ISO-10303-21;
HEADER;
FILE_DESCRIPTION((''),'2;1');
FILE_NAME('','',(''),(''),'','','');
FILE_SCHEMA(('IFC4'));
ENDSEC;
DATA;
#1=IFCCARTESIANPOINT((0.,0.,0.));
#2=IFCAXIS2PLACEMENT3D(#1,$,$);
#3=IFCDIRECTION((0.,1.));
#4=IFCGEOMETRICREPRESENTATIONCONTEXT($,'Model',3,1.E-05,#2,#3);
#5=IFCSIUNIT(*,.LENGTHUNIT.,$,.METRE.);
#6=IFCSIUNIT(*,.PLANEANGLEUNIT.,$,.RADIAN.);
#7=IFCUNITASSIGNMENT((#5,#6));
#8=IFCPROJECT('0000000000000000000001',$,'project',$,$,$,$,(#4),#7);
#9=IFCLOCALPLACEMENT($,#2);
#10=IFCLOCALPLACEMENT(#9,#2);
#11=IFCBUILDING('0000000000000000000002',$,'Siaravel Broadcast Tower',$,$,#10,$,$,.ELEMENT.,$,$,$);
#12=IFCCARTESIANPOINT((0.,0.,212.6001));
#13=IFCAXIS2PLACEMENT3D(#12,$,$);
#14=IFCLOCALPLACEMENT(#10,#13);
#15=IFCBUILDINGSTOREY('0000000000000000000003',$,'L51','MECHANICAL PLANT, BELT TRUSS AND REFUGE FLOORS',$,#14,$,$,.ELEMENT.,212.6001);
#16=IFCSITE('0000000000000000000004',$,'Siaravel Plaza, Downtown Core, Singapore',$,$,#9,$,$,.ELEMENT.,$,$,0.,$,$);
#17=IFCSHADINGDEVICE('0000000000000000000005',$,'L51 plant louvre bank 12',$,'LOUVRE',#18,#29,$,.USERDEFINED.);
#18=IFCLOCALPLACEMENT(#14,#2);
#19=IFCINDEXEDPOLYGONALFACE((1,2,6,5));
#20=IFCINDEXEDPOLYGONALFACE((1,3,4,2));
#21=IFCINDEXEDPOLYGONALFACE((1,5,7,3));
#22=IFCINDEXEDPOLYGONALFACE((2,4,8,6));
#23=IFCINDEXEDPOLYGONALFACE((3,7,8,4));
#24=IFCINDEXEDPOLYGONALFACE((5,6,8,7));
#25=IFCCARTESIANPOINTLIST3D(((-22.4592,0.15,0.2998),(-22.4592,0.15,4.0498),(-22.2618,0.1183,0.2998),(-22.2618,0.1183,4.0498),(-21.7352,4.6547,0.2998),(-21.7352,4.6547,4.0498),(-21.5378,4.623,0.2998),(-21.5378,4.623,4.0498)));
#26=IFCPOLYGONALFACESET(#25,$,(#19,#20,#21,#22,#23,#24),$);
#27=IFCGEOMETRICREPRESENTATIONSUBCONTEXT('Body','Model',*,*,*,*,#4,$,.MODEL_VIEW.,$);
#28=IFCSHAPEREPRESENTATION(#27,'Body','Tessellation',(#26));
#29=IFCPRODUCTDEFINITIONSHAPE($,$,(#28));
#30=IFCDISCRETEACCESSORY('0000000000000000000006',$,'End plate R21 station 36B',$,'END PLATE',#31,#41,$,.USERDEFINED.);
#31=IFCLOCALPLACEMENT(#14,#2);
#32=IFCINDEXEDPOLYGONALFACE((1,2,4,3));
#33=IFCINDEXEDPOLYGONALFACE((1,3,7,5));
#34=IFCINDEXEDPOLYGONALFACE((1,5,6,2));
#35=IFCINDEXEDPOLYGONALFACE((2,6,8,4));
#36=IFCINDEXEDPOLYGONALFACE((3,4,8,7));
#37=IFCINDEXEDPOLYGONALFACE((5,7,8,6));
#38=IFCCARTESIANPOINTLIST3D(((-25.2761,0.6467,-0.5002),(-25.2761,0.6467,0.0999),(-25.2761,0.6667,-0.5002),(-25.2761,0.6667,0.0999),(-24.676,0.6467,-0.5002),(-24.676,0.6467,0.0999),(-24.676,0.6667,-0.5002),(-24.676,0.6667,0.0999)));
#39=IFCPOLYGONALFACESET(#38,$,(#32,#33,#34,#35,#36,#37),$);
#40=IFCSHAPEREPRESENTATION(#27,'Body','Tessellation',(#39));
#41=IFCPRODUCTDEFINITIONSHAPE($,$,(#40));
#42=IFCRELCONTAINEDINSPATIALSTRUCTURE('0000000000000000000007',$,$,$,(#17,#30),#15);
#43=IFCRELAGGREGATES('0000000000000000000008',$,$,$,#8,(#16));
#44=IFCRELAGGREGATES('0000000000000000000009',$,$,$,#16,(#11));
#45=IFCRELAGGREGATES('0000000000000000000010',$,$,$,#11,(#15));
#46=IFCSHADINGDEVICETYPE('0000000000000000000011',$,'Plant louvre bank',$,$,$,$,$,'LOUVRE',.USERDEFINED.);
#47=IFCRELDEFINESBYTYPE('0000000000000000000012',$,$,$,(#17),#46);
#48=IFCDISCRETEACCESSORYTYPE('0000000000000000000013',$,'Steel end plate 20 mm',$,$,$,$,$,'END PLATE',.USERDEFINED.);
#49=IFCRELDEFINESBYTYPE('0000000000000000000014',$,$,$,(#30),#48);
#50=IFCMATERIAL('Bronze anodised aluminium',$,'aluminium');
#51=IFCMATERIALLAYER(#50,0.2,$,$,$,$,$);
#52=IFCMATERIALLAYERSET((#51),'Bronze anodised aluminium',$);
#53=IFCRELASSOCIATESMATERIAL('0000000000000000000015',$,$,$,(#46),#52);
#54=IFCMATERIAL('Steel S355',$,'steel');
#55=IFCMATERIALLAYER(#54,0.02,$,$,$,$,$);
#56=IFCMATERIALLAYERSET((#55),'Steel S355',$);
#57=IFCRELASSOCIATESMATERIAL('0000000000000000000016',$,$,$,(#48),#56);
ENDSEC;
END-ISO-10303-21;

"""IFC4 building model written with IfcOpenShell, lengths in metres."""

from ifc_helpers import new_model, si_unit, direction, frame, origin, origin_2d, place, context, subcontext, project, spatial, rectangle, extrude, material, layer, layer_set, type_object, element, save


model = new_model("IFC4")

# Units and contexts
model_context = context("Model", 3, precision=1e-05, world=origin(), true_north=direction((0.0, 1.0)))
body_context = subcontext(model_context, "Body", "Model", "MODEL_VIEW")
ifc_project = project(units=[si_unit("LENGTHUNIT", "METRE"), si_unit("PLANEANGLEUNIT", "RADIAN")], contexts=[model_context])

# Site, building, storey
site_placement = place(None, origin())
site = spatial("IfcSite", under=ifc_project, at=site_placement, Name="Siaravel Plaza, Downtown Core, Singapore", CompositionType="ELEMENT", RefElevation=0.0)
building_placement = place(site_placement, origin())
building = spatial("IfcBuilding", under=site, at=building_placement, Name="Siaravel Broadcast Tower", CompositionType="ELEMENT")
storey_placement = place(building_placement, frame((0.0, 0.0, 212.6001)))
storey = spatial("IfcBuildingStorey", under=building, at=storey_placement, Name="L51", Description="MECHANICAL PLANT, BELT TRUSS AND REFUGE FLOORS", CompositionType="ELEMENT", Elevation=212.6001)

# Shared definitions
ifc_material_1 = material(Name="Steel S355", Category="steel")

# Shading device
ifc_material_2 = material(Name="Bronze anodised aluminium", Category="aluminium")
ifc_layer_1 = layer(ifc_material_2, 0.2)
ifc_layer_set_1 = layer_set([ifc_layer_1], Name="Bronze anodised aluminium")
shading_device_type = type_object("IfcShadingDeviceType", Name="Plant louvre bank", ElementType="LOUVRE", PredefinedType="USERDEFINED", material=ifc_layer_set_1)
shading_device_1_placement = place(storey_placement, frame((-21.9985, 2.3865, 0.2998), z_axis=(0.0, 0.0, 1.0), x_axis=(-0.158685, -0.987329, 0.0)))
element("IfcShadingDevice", 1, at=shading_device_1_placement, inside=storey, type_object=shading_device_type, Name="L51 plant louvre bank 12", ObjectType="LOUVRE", PredefinedType="USERDEFINED", context=body_context, shape_type="SweptSolid", body=[
    extrude(rectangle(XDim=4.5625, YDim=0.2, at=origin_2d()), origin(), (0.0, 0.0, 1.0), 3.75),
])

# Discrete accessory
ifc_layer_2 = layer(ifc_material_1, 0.02)
ifc_layer_set_2 = layer_set([ifc_layer_2], Name="Steel S355")
discrete_accessory_type = type_object("IfcDiscreteAccessoryType", Name="Steel end plate 20 mm", ElementType="END PLATE", PredefinedType="USERDEFINED", material=ifc_layer_set_2)
discrete_accessory_placement = place(storey_placement, frame((-24.9761, 0.6567, -0.5002), z_axis=(0.0, 0.0, 1.0), x_axis=(0.0, -1.0, 0.0)))
element("IfcDiscreteAccessory", 2, at=discrete_accessory_placement, inside=storey, type_object=discrete_accessory_type, Name="End plate R21 station 36B", ObjectType="END PLATE", PredefinedType="USERDEFINED", context=body_context, shape_type="SweptSolid", body=[
    extrude(rectangle(XDim=0.02, YDim=0.6001, at=origin_2d()), origin(), (0.0, 0.0, 1.0), 0.6001),
])

save(model, "model.ifc")
